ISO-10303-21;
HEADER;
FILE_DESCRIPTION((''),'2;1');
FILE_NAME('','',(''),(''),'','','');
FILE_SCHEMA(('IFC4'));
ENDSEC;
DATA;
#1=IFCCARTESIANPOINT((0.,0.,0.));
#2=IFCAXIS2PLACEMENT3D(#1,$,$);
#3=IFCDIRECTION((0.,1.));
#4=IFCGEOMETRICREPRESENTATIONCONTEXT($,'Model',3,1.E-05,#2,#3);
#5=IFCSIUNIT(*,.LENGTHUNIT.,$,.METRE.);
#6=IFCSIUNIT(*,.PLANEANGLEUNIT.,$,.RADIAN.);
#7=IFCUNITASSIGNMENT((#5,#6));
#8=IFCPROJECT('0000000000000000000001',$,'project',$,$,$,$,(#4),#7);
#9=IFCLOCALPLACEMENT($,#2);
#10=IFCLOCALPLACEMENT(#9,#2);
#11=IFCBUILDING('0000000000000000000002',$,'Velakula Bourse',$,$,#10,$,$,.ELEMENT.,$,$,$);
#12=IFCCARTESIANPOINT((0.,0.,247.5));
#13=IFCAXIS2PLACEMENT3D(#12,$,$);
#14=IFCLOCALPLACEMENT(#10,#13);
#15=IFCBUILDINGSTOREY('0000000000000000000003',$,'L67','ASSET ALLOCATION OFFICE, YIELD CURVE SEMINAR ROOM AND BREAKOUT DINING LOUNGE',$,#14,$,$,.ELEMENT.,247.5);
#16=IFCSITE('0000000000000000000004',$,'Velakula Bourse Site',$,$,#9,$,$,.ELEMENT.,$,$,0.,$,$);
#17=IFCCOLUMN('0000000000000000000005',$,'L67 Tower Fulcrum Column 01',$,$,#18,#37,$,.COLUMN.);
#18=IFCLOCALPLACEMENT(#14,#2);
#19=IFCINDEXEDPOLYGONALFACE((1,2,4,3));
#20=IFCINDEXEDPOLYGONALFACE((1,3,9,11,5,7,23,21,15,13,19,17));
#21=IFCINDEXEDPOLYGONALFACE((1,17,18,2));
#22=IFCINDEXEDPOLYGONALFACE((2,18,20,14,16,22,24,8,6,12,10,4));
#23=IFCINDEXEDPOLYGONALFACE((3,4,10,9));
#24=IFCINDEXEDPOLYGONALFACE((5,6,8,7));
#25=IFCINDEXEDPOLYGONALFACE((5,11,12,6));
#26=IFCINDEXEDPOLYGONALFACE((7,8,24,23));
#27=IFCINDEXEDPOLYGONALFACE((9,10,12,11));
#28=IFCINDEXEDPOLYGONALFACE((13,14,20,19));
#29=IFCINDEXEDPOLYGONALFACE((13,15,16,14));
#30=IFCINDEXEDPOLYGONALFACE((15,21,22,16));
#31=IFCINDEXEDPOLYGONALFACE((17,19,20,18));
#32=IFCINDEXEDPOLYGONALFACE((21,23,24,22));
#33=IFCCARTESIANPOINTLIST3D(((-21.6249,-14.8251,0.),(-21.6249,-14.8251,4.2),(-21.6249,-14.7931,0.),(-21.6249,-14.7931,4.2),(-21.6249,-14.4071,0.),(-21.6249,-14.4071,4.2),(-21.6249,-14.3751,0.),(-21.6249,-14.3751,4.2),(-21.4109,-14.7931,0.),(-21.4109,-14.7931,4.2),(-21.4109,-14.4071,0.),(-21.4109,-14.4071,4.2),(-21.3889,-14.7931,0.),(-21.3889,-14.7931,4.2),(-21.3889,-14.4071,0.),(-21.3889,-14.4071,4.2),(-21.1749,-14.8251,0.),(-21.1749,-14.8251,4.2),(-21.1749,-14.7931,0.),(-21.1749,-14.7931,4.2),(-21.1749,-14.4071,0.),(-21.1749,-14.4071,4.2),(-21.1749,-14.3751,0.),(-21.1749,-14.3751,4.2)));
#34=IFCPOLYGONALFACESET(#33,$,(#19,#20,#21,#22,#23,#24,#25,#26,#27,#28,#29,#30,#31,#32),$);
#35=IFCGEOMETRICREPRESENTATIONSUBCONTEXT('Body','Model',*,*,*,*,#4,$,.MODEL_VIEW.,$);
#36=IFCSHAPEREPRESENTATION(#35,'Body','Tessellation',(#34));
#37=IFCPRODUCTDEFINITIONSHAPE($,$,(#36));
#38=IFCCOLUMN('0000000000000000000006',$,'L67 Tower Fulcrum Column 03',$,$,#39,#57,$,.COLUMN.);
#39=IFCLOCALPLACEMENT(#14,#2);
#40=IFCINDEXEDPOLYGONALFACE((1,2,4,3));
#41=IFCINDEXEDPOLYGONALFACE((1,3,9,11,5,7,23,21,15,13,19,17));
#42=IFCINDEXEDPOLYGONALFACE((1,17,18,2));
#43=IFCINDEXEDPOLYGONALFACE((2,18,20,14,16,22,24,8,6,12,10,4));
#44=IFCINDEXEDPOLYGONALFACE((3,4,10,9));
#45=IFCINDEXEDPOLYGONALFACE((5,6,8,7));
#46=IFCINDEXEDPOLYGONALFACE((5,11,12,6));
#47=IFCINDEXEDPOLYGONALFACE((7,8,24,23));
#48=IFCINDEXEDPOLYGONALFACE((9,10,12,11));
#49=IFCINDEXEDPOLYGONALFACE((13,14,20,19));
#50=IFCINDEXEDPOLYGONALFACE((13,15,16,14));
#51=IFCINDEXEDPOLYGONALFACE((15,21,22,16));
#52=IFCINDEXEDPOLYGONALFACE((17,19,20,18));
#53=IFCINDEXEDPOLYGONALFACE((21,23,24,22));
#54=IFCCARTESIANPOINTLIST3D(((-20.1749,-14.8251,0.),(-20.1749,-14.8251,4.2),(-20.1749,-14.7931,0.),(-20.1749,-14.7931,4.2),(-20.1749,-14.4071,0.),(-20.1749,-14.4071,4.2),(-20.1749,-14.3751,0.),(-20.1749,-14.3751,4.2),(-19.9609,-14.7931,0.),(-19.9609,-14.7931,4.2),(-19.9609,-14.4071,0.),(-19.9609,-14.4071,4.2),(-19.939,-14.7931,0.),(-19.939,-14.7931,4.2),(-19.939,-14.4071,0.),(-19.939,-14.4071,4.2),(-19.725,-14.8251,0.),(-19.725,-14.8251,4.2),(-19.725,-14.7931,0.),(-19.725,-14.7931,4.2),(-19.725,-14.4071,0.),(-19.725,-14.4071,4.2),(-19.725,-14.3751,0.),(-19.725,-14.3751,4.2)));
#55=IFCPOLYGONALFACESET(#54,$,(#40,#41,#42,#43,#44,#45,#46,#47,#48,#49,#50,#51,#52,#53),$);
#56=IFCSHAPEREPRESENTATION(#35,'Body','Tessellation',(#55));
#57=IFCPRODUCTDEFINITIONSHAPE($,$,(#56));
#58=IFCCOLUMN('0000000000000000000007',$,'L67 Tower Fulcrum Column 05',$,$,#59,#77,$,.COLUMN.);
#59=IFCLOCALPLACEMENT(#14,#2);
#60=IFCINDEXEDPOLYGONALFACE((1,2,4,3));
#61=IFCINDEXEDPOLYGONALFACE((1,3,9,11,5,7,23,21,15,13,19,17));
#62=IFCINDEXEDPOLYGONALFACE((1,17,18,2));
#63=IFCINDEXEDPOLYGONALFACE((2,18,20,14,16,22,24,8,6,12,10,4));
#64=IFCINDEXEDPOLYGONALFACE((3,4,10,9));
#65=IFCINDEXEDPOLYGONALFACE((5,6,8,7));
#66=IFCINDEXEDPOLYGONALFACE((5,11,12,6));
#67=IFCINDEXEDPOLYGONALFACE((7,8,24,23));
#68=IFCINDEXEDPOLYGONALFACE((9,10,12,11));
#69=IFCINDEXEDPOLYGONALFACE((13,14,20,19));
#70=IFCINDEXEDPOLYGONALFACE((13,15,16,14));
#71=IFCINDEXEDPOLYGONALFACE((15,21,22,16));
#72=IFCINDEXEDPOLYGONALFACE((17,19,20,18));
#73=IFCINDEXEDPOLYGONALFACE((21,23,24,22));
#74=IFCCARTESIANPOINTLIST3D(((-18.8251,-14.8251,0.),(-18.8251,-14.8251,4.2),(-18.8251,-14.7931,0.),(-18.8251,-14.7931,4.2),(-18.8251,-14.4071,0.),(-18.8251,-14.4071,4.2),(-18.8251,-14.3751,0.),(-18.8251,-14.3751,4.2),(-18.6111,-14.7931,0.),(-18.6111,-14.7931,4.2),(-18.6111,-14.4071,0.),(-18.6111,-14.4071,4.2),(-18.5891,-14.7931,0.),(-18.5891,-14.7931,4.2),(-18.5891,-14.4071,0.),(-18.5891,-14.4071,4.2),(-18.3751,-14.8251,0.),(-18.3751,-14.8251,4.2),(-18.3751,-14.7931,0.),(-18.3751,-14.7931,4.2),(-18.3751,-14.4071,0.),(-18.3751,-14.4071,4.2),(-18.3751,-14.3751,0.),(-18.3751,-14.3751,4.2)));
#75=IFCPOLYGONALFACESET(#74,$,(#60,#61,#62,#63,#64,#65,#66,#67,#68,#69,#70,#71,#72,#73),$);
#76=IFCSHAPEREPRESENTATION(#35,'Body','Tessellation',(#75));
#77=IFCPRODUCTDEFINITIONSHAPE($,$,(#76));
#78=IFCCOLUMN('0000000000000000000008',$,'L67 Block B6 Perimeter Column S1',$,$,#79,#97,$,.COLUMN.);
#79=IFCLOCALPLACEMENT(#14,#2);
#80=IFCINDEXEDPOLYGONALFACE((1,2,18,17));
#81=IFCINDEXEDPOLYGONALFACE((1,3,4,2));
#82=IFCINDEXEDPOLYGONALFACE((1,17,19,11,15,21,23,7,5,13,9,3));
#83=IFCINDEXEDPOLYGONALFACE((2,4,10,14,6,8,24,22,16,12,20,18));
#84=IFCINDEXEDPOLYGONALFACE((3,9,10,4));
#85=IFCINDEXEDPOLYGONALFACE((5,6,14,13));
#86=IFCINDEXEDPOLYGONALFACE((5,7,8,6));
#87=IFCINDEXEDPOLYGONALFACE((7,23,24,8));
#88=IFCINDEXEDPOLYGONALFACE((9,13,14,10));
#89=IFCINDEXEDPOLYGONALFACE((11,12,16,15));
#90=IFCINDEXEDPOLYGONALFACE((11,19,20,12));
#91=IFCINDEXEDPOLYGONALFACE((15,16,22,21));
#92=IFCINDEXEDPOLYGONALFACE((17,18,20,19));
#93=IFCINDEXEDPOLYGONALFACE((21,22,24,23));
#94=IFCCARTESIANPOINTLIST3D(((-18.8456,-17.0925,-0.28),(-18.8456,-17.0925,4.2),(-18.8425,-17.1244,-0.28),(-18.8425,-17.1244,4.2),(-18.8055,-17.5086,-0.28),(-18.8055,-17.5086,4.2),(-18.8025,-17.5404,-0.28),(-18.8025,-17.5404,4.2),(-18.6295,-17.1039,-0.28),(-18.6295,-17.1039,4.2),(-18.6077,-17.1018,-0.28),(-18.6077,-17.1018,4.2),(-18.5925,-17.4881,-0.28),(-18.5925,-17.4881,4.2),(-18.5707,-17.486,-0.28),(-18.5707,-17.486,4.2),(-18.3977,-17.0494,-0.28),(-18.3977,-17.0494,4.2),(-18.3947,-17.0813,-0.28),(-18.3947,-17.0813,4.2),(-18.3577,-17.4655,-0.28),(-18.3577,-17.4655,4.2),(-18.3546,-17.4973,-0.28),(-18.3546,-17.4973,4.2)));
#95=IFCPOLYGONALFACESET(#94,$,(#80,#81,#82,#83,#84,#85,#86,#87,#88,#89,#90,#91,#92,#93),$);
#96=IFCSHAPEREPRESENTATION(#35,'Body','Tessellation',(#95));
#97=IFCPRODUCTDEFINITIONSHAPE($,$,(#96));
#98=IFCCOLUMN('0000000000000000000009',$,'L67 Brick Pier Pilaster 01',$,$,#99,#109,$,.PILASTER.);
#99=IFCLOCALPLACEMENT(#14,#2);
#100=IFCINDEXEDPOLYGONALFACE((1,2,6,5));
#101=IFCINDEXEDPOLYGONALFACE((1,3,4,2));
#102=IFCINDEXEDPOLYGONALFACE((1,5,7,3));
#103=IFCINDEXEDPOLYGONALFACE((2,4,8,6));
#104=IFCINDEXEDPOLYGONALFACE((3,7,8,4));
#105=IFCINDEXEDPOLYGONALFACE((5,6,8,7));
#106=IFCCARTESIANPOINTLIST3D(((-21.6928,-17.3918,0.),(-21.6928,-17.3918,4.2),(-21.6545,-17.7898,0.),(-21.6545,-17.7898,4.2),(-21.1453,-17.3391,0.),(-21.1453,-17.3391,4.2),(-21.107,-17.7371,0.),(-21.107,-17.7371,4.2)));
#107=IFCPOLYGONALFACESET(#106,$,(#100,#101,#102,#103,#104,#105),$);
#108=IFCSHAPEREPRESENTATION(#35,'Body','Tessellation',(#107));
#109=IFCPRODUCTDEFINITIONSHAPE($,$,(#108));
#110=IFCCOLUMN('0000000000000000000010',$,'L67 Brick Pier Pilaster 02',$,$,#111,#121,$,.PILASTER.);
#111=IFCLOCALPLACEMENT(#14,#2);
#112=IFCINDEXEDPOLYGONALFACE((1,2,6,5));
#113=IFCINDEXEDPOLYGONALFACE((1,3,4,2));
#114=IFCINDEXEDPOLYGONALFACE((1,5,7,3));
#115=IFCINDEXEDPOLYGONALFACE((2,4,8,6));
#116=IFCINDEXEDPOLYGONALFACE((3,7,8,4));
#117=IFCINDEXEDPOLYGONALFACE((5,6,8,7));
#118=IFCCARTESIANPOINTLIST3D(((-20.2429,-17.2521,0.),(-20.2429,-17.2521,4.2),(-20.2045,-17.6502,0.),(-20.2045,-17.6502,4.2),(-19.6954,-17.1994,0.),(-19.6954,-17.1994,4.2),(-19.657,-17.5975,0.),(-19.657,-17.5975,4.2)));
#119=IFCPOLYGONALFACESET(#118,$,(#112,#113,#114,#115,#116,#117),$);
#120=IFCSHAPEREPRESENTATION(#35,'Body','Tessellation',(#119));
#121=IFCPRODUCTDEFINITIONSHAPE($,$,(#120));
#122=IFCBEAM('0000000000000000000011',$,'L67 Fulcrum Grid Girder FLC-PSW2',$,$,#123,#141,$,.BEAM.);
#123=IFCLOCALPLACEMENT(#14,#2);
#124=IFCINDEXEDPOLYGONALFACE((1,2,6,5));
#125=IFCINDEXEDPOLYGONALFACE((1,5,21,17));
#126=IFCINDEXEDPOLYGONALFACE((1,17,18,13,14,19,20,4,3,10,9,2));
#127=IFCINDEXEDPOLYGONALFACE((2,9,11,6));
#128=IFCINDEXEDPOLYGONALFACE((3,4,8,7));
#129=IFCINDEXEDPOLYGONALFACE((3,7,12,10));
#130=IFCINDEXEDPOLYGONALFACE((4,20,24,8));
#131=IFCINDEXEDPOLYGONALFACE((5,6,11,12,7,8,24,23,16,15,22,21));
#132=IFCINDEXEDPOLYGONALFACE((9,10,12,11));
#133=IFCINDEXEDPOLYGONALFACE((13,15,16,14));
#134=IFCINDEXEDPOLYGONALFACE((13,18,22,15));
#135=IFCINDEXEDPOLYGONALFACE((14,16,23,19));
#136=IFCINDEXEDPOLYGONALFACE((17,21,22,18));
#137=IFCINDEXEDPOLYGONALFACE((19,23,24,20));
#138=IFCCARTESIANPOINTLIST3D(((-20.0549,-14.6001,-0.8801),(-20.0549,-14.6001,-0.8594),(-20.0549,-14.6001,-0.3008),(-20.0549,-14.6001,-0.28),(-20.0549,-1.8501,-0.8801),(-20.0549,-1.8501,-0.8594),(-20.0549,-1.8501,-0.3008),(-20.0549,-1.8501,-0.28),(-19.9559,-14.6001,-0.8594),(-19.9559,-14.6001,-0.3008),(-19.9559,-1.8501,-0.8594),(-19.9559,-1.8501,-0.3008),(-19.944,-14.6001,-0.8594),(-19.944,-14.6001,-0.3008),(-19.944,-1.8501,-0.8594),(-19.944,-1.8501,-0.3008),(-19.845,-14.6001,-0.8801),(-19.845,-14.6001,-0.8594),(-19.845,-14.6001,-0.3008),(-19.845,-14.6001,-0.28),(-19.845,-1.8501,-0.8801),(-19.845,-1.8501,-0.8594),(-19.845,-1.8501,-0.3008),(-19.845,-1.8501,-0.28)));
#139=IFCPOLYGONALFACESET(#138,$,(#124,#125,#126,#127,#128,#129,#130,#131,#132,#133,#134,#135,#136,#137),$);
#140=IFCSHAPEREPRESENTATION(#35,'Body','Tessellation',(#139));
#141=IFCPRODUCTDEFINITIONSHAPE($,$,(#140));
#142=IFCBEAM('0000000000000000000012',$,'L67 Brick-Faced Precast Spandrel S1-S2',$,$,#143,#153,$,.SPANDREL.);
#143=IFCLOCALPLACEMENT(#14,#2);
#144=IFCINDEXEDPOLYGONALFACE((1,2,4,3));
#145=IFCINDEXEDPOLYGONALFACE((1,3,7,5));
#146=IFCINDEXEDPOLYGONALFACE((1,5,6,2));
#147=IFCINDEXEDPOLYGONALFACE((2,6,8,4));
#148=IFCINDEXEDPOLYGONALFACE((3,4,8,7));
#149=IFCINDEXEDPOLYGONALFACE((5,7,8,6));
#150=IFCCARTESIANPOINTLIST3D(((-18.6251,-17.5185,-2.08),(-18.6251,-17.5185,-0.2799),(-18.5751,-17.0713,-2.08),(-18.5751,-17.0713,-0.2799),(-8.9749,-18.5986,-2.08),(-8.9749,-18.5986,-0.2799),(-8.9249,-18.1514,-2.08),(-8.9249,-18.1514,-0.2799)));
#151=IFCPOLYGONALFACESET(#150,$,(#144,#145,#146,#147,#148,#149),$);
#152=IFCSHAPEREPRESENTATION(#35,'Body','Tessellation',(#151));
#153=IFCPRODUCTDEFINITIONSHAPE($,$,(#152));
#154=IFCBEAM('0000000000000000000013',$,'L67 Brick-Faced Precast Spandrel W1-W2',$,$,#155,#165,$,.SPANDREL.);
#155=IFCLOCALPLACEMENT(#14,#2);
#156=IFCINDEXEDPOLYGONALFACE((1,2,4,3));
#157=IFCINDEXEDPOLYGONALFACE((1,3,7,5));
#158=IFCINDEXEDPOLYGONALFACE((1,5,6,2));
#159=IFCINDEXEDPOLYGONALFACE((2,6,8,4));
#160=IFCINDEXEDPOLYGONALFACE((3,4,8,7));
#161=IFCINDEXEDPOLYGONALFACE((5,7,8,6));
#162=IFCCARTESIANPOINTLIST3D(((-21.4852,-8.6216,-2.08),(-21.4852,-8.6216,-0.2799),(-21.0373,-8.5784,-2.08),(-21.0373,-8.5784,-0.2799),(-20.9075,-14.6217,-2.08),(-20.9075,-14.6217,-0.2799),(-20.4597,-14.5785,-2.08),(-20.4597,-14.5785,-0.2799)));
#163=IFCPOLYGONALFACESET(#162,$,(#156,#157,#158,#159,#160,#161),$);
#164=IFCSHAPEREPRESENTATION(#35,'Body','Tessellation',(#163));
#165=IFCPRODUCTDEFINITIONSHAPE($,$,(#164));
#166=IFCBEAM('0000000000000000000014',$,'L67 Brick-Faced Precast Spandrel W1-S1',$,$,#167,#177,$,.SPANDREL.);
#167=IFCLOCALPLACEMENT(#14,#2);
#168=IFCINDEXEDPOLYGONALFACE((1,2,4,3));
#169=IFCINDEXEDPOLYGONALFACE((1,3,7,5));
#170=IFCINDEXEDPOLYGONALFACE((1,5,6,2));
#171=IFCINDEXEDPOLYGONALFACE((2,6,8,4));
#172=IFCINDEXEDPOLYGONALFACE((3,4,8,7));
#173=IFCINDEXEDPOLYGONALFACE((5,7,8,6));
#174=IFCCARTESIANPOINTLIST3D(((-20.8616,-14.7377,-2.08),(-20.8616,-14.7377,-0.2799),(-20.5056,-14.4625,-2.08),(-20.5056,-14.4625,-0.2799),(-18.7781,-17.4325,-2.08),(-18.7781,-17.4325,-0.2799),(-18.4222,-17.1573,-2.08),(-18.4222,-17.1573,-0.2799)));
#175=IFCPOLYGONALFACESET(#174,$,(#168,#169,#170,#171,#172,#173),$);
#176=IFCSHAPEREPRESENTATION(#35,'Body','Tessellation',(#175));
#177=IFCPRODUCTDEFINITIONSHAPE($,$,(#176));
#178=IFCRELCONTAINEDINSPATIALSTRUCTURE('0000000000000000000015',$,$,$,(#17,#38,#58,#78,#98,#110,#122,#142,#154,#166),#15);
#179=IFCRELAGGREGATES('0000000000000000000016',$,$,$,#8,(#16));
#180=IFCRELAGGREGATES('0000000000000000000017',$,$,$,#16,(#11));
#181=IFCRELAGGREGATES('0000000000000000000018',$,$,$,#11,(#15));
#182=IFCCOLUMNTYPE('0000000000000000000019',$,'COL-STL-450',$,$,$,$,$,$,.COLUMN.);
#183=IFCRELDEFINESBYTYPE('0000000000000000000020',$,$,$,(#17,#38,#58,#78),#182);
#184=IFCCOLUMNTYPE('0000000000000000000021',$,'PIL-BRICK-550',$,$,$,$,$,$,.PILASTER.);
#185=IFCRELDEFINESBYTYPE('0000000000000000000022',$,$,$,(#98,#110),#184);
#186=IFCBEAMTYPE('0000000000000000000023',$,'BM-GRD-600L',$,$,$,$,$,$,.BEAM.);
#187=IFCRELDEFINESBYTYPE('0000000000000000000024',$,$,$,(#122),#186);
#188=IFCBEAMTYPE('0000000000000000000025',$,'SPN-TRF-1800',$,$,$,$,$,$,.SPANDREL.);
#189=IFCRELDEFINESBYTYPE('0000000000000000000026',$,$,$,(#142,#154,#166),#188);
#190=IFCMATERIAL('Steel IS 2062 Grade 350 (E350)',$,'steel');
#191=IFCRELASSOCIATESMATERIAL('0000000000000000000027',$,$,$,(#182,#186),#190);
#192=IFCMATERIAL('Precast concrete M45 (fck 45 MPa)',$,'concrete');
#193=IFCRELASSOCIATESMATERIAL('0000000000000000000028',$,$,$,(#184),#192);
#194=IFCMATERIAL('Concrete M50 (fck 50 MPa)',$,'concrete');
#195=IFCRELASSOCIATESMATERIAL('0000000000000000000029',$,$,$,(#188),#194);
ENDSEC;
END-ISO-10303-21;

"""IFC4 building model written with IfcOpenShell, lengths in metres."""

from ifc_helpers import new_model, si_unit, direction, frame, origin, origin_2d, place, context, subcontext, project, spatial, rectangle, i_section, extrude, material, material_profile, profile_set, type_object, element, save


model = new_model("IFC4")

# Units and contexts
model_context = context("Model", 3, precision=1e-05, world=origin(), true_north=direction((0.0, 1.0)))
body_context = subcontext(model_context, "Body", "Model", "MODEL_VIEW")
ifc_project = project(units=[si_unit("LENGTHUNIT", "METRE"), si_unit("PLANEANGLEUNIT", "RADIAN")], contexts=[model_context])

# Site, building, storey
site_placement = place(None, origin())
site = spatial("IfcSite", under=ifc_project, at=site_placement, Name="Velakula Bourse Site", CompositionType="ELEMENT", RefElevation=0.0)
building_placement = place(site_placement, origin())
building = spatial("IfcBuilding", under=site, at=building_placement, Name="Velakula Bourse", CompositionType="ELEMENT")
storey_placement = place(building_placement, frame((0.0, 0.0, 247.5)))
storey = spatial("IfcBuildingStorey", under=building, at=storey_placement, Name="L67", Description="ASSET ALLOCATION OFFICE, YIELD CURVE SEMINAR ROOM AND BREAKOUT DINING LOUNGE", CompositionType="ELEMENT", Elevation=247.5)

# Columns
ifc_material_1 = material(Name="Steel IS 2062 Grade 350 (E350)", Category="steel")
ifc_material_profile_1 = material_profile(ifc_material_1, i_section(OverallWidth=0.45, OverallDepth=0.45, WebThickness=0.022, FlangeThickness=0.032, at=origin_2d()), Name="Steel IS 2062 Grade 350 (E350)")
ifc_profile_set_1 = profile_set([ifc_material_profile_1], Name="Steel IS 2062 Grade 350 (E350)")
column_type_1 = type_object("IfcColumnType", Name="COL-STL-450", PredefinedType="COLUMN", material=ifc_profile_set_1)
for number, where, z_axis, x_axis, name in (
    (1, (-21.3999, -14.6001, 0.0), (0.0, 0.0, 1.0), (1.0, 0.0, 0.0), "L67 Tower Fulcrum Column 01"),
    (2, (-19.95, -14.6001, 0.0), (0.0, 0.0, 1.0), (1.0, 0.0, 0.0), "L67 Tower Fulcrum Column 03"),
    (3, (-18.6001, -14.6001, 0.0), (0.0, 0.0, 1.0), (1.0, 0.0, 0.0), "L67 Tower Fulcrum Column 05"),
):
    element("IfcColumn", number, at=place(storey_placement, frame(where, z_axis=z_axis, x_axis=x_axis)), inside=storey, type_object=column_type_1, Name=name, PredefinedType="COLUMN", context=body_context, shape_type="SweptSolid", body=[
        extrude(i_section(OverallWidth=0.45, OverallDepth=0.45, WebThickness=0.022, FlangeThickness=0.032, at=origin_2d()), origin(), (0.0, 0.0, 1.0), 4.2),
    ])
column_placement = place(storey_placement, frame((-18.6001, -17.2949, -0.28), z_axis=(0.0, 0.0, 1.0), x_axis=(0.995396, 0.095846, 0.0)))
element("IfcColumn", 4, at=column_placement, inside=storey, type_object=column_type_1, Name="L67 Block B6 Perimeter Column S1", PredefinedType="COLUMN", context=body_context, shape_type="SweptSolid", body=[
    extrude(i_section(OverallWidth=0.45, OverallDepth=0.45, WebThickness=0.022, FlangeThickness=0.032, at=origin_2d()), origin(), (0.0, 0.0, 1.0), 4.48),
])
ifc_material_2 = material(Name="Precast concrete M45 (fck 45 MPa)", Category="concrete")
ifc_material_profile_2 = material_profile(ifc_material_2, rectangle(XDim=0.55, YDim=0.3999, at=origin_2d()), Name="Precast concrete M45 (fck 45 MPa)")
ifc_profile_set_2 = profile_set([ifc_material_profile_2], Name="Precast concrete M45 (fck 45 MPa)")
column_type_2 = type_object("IfcColumnType", Name="PIL-BRICK-550", PredefinedType="PILASTER", material=ifc_profile_set_2)
for number, where, z_axis, x_axis, name in (
    (5, (-21.3999, -17.5645, 0.0), (0.0, 0.0, 1.0), (0.995396, 0.095846, 0.0), "L67 Brick Pier Pilaster 01"),
    (6, (-19.95, -17.4248, 0.0), (0.0, 0.0, 1.0), (0.995396, 0.095846, 0.0), "L67 Brick Pier Pilaster 02"),
):
    element("IfcColumn", number, at=place(storey_placement, frame(where, z_axis=z_axis, x_axis=x_axis)), inside=storey, type_object=column_type_2, Name=name, PredefinedType="PILASTER", context=body_context, shape_type="SweptSolid", body=[
        extrude(rectangle(XDim=0.55, YDim=0.3999, at=origin_2d()), origin(), (0.0, 0.0, 1.0), 4.2),
    ])

# Beams
ifc_material_profile_3 = material_profile(ifc_material_1, i_section(OverallWidth=0.21, OverallDepth=0.6001, WebThickness=0.012, FlangeThickness=0.0208, at=origin_2d()), Name="Steel IS 2062 Grade 350 (E350)")
ifc_profile_set_3 = profile_set([ifc_material_profile_3], Name="Steel IS 2062 Grade 350 (E350)")
beam_type_1 = type_object("IfcBeamType", Name="BM-GRD-600L", PredefinedType="BEAM", material=ifc_profile_set_3)
beam_1_placement = place(storey_placement, frame((-19.95, -14.6001, -0.5801), z_axis=(0.0, 1.0, 0.0), x_axis=(-1.0, 0.0, 0.0)))
element("IfcBeam", 7, at=beam_1_placement, inside=storey, type_object=beam_type_1, Name="L67 Fulcrum Grid Girder FLC-PSW2", PredefinedType="BEAM", context=body_context, shape_type="SweptSolid", body=[
    extrude(i_section(OverallWidth=0.21, OverallDepth=0.6001, WebThickness=0.012, FlangeThickness=0.0208, at=origin_2d()), origin(), (0.0, 0.0, 1.0), 12.75),
])
ifc_material_3 = material(Name="Concrete M50 (fck 50 MPa)", Category="concrete")
ifc_material_profile_4 = material_profile(ifc_material_3, rectangle(XDim=0.45, YDim=1.8, at=origin_2d()), Name="Concrete M50 (fck 50 MPa)")
ifc_profile_set_4 = profile_set([ifc_material_profile_4], Name="Concrete M50 (fck 50 MPa)")
beam_type_2 = type_object("IfcBeamType", Name="SPN-TRF-1800", PredefinedType="SPANDREL", material=ifc_profile_set_4)
beam_2_placement = place(storey_placement, frame((-18.6001, -17.2949, -1.1799), z_axis=(0.993795, -0.111229, 0.0), x_axis=(0.111229, 0.993795, 0.0)))
element("IfcBeam", 8, at=beam_2_placement, inside=storey, type_object=beam_type_2, Name="L67 Brick-Faced Precast Spandrel S1-S2", PredefinedType="SPANDREL", context=body_context, shape_type="SweptSolid", body=[
    extrude(rectangle(XDim=0.45, YDim=1.8, at=origin_2d()), origin(), (0.0, 0.0, 1.0), 9.7104),
])
beam_3_placement = place(storey_placement, frame((-20.6836, -14.6001, -1.1799), z_axis=(-0.09583, 0.995398, 0.0), x_axis=(-0.995398, -0.09583, 0.0)))
element("IfcBeam", 9, at=beam_3_placement, inside=storey, type_object=beam_type_2, Name="L67 Brick-Faced Precast Spandrel W1-W2", PredefinedType="SPANDREL", context=body_context, shape_type="SweptSolid", body=[
    extrude(rectangle(XDim=0.45, YDim=1.8, at=origin_2d()), origin(), (0.0, 0.0, 1.0), 6.0278),
])
beam_4_placement = place(storey_placement, frame((-20.6836, -14.6001, -1.1799), z_axis=(0.611656, -0.791124, 0.0), x_axis=(0.791124, 0.611656, 0.0)))
element("IfcBeam", 10, at=beam_4_placement, inside=storey, type_object=beam_type_2, Name="L67 Brick-Faced Precast Spandrel W1-S1", PredefinedType="SPANDREL", context=body_context, shape_type="SweptSolid", body=[
    extrude(rectangle(XDim=0.45, YDim=1.8, at=origin_2d()), origin(), (0.0, 0.0, 1.0), 3.4062),
])

save(model, "model.ifc")
